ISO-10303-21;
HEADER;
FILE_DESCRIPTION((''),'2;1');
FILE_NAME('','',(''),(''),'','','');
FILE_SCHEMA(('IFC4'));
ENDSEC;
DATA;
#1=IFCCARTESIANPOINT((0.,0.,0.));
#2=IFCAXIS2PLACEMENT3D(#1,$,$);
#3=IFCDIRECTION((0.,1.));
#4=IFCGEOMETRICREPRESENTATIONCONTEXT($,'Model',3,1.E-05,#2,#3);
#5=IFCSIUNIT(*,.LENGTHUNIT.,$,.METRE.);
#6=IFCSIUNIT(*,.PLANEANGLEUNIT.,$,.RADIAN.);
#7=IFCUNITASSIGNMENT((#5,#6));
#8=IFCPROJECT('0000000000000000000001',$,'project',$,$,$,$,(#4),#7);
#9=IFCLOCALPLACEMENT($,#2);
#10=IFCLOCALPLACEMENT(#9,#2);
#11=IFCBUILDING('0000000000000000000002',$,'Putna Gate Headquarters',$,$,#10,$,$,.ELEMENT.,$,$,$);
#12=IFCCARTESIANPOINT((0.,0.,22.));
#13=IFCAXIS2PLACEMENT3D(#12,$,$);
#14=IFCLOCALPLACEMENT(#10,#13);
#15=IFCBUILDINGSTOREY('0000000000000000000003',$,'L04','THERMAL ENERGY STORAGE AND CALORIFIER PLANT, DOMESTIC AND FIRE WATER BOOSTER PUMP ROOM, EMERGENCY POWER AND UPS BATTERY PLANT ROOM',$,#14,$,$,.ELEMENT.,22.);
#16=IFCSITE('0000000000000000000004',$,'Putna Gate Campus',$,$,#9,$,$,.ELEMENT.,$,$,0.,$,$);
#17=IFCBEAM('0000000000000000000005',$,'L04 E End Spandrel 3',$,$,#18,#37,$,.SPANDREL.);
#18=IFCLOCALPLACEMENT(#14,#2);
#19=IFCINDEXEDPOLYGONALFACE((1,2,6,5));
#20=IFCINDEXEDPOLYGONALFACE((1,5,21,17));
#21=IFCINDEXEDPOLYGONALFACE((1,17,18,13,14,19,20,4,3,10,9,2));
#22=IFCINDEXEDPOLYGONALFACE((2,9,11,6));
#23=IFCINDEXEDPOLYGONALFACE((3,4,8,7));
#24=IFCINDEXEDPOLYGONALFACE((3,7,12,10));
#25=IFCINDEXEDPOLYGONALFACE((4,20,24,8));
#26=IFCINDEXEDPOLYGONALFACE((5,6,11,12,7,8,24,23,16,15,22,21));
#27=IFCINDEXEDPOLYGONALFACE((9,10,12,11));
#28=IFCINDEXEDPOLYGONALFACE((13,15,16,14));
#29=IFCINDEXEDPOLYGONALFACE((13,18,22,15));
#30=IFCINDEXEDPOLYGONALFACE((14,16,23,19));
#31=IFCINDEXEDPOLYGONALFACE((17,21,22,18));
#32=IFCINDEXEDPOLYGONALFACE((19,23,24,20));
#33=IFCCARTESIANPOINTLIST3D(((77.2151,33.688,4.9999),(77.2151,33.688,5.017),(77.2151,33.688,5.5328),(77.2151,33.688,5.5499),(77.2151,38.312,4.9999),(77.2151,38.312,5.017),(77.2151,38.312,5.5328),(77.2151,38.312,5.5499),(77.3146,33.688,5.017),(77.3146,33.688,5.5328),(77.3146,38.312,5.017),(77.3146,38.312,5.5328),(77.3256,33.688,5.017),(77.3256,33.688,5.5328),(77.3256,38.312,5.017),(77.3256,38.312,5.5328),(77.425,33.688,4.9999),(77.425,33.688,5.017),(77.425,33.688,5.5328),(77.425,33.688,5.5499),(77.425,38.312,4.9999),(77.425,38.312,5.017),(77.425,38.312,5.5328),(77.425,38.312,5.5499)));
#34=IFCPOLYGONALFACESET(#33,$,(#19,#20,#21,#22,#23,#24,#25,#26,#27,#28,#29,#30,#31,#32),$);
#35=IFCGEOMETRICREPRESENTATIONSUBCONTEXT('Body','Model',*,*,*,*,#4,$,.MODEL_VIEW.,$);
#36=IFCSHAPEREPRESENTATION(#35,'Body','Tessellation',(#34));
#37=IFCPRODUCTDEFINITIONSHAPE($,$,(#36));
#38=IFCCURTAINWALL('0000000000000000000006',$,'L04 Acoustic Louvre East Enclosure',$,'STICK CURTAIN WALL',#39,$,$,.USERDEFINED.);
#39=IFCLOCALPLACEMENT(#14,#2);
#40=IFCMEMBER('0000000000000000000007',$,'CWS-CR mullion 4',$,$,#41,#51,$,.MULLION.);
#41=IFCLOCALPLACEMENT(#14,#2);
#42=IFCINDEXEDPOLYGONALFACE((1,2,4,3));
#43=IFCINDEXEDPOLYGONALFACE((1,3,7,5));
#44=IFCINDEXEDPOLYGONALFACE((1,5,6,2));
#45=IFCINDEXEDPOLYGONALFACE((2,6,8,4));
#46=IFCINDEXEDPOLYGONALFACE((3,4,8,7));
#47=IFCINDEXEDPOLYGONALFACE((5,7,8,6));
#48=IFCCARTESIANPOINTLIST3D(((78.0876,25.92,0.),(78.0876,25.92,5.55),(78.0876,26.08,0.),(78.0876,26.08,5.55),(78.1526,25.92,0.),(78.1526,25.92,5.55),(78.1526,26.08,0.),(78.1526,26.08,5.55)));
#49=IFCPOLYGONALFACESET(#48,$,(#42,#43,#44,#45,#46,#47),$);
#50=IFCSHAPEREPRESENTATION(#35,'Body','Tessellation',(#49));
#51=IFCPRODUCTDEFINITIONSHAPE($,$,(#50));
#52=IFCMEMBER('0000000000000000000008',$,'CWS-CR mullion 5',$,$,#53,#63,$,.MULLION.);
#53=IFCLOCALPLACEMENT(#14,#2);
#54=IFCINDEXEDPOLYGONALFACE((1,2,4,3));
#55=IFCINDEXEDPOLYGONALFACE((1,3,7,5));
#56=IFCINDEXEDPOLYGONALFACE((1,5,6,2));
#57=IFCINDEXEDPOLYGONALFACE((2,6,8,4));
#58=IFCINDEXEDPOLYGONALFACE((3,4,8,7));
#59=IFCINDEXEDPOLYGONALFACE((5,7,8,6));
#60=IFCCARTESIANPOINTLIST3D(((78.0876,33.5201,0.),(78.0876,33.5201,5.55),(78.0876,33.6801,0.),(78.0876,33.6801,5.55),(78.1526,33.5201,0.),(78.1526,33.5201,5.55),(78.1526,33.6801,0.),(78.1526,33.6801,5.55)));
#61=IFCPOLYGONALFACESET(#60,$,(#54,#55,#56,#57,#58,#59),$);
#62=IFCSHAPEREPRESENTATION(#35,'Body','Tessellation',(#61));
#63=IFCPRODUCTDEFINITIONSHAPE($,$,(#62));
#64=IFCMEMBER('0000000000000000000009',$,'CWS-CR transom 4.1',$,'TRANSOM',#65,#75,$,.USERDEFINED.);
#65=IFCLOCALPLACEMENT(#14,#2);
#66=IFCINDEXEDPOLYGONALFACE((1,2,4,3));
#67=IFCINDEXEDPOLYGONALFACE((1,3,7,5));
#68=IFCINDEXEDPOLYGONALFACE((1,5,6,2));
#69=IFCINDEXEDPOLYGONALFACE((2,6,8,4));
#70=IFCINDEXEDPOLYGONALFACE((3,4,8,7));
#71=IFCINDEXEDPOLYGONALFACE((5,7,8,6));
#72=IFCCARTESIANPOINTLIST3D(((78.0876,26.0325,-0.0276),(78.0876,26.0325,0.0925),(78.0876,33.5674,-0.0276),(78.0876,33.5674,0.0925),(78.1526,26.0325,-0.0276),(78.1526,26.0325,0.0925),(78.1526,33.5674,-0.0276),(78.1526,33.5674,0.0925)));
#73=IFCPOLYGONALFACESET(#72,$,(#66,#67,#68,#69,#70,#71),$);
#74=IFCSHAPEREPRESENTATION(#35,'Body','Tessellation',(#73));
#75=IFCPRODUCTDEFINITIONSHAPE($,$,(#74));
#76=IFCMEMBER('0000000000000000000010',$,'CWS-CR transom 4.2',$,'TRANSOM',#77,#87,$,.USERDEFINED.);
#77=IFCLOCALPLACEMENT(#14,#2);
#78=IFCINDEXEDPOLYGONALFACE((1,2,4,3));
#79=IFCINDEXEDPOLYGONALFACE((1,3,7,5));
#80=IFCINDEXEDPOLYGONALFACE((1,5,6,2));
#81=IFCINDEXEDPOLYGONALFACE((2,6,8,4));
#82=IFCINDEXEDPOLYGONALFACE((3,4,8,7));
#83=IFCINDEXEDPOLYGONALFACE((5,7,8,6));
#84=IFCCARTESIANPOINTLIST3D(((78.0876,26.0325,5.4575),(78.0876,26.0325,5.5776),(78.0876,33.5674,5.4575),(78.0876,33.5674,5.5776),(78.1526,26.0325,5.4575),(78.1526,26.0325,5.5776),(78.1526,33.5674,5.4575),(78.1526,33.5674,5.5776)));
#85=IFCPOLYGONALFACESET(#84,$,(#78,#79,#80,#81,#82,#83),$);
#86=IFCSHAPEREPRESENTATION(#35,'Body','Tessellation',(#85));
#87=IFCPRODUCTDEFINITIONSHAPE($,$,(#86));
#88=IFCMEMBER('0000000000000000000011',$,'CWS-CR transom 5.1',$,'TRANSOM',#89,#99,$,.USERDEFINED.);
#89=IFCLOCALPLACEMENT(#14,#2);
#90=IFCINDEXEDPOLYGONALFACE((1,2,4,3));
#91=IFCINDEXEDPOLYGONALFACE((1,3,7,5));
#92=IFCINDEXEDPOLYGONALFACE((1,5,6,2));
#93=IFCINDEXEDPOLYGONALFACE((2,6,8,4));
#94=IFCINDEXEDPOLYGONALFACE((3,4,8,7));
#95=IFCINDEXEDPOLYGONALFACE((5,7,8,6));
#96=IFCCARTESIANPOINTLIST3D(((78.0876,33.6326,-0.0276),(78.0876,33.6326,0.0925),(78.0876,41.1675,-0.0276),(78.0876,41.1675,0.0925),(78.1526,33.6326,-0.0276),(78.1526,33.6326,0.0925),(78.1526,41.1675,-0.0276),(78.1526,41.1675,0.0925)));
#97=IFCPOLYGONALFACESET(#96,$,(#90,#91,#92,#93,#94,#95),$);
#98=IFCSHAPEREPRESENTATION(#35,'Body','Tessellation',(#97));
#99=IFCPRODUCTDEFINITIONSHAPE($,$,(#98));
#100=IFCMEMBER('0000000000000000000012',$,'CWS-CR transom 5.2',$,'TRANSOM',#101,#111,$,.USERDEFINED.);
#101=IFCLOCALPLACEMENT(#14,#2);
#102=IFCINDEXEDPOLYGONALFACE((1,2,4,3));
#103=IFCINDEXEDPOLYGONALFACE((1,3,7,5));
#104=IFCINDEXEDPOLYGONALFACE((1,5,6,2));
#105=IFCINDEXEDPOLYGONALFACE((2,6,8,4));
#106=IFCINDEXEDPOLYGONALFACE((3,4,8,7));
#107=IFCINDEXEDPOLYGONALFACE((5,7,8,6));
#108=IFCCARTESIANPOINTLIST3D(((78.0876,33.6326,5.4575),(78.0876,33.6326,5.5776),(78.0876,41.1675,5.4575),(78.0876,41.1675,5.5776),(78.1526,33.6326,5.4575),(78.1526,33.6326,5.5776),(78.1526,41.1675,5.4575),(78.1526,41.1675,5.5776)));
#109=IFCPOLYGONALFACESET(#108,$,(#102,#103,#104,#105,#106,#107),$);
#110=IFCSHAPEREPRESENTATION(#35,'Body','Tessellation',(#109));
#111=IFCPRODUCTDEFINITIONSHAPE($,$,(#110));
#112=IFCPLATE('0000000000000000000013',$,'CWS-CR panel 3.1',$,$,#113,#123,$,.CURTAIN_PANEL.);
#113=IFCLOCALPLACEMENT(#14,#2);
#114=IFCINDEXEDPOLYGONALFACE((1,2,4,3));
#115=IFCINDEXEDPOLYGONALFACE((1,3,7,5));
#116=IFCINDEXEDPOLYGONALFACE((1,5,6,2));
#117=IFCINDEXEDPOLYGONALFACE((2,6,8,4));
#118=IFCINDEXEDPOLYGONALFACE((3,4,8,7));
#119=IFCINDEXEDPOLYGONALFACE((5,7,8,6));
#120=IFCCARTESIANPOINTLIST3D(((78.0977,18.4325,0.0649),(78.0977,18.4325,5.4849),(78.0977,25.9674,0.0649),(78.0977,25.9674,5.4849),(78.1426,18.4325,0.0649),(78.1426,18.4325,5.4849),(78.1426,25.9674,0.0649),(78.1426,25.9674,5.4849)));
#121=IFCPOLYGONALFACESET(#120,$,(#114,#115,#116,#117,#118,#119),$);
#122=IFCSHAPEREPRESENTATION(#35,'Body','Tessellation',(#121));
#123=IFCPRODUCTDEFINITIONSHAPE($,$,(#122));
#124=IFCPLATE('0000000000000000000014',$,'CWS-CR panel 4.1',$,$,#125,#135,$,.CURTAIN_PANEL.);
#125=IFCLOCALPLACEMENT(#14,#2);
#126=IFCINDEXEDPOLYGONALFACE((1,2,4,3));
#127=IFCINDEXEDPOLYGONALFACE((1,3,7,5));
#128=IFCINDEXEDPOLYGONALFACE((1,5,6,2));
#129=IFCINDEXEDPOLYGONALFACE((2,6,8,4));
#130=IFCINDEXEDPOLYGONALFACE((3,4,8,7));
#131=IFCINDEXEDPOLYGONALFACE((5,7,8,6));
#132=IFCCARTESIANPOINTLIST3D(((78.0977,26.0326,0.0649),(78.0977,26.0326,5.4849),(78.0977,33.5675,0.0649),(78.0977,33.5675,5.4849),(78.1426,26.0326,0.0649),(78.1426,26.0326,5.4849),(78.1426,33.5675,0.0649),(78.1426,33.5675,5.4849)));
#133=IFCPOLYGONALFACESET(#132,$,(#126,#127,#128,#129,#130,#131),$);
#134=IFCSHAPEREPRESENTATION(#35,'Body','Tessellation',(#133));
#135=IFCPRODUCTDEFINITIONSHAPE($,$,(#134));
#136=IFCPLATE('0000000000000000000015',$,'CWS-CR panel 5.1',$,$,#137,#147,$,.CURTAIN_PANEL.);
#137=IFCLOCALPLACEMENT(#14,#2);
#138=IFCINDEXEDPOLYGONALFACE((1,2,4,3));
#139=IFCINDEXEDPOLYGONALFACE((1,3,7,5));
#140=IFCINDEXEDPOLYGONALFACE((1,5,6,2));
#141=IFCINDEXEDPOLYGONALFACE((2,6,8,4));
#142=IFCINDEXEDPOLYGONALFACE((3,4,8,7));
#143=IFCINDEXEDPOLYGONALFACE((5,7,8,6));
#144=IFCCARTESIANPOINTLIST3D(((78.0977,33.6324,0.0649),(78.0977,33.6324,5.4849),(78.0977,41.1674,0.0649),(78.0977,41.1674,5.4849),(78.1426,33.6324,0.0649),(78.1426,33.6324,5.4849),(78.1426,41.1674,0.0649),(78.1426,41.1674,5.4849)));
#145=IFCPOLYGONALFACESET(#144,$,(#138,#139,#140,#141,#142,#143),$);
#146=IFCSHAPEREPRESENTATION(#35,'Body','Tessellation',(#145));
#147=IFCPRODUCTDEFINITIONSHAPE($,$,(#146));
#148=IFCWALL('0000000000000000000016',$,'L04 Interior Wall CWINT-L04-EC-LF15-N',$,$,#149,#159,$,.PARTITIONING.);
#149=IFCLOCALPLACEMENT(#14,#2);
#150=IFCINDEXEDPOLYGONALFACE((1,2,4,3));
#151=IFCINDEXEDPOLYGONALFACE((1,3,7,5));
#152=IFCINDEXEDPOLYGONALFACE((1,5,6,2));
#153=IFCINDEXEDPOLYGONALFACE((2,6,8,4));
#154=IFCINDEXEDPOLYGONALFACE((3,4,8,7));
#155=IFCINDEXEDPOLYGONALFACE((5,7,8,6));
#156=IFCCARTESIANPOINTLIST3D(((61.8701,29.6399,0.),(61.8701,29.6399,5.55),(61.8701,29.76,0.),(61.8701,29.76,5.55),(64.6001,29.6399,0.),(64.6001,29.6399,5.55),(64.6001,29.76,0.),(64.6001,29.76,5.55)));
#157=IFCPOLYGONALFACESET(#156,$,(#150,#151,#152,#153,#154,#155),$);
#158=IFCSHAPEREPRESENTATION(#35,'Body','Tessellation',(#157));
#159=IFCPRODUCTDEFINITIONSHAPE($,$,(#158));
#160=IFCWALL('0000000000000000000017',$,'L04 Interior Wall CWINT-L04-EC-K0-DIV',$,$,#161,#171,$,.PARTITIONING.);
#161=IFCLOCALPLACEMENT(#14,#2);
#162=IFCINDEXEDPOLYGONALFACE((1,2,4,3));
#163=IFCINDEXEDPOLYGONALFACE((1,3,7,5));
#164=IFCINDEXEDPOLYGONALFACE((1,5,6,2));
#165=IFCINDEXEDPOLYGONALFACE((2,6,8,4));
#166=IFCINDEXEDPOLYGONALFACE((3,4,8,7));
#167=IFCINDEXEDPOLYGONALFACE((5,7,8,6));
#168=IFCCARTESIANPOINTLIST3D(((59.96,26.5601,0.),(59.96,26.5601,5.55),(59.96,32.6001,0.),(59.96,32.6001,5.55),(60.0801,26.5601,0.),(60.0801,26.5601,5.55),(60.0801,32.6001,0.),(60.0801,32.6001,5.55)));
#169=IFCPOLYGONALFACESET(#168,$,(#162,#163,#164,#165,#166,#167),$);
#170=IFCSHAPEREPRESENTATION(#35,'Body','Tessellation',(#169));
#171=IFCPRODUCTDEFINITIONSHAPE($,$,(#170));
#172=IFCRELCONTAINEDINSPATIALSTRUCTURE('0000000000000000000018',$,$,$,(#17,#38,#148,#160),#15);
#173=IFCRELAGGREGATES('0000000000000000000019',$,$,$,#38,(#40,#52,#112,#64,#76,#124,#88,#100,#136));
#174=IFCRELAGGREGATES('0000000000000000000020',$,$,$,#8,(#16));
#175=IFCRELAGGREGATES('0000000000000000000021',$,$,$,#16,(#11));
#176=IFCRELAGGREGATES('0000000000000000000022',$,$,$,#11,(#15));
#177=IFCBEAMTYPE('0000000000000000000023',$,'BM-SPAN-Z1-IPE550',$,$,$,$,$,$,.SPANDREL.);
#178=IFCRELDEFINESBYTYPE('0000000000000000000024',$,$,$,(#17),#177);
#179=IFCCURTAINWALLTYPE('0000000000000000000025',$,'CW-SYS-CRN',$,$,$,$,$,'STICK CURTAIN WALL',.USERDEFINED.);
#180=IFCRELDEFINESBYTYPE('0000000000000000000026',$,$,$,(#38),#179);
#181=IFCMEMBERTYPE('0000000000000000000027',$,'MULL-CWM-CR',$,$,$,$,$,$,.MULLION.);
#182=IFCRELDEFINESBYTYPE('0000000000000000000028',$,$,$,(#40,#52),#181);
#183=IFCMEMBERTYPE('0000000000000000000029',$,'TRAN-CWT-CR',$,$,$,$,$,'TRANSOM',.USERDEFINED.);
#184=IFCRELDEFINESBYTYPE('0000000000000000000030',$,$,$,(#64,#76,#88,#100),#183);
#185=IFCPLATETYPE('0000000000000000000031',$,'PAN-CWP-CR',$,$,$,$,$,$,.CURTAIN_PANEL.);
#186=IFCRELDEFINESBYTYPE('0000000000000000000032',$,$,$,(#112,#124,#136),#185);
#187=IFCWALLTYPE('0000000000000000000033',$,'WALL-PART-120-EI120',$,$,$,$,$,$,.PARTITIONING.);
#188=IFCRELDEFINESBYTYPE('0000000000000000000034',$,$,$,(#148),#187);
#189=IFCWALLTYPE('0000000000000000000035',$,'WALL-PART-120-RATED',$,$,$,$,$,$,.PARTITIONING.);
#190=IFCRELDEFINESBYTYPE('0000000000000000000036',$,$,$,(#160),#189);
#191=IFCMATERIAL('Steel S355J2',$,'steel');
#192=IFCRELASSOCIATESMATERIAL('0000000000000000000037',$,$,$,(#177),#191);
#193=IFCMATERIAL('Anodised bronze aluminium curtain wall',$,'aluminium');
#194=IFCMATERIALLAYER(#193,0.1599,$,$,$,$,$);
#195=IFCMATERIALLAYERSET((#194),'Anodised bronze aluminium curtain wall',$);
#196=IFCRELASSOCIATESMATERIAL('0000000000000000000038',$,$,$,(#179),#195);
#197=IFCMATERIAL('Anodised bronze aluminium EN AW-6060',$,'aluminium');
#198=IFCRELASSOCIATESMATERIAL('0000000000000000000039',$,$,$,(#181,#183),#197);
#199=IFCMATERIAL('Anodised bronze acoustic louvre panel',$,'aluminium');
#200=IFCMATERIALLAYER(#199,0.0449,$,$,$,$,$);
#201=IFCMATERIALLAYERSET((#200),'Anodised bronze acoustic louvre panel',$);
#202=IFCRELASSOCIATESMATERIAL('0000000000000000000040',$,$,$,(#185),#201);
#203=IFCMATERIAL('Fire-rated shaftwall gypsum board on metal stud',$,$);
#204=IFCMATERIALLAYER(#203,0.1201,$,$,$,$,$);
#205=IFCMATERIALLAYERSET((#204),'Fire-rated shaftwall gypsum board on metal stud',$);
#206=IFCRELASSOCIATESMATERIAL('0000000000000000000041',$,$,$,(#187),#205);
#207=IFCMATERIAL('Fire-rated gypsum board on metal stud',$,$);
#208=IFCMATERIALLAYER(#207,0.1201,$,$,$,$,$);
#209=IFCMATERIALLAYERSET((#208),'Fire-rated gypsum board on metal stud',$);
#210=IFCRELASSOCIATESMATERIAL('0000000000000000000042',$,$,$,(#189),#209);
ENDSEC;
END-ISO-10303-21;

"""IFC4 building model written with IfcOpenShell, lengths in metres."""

from ifc_helpers import new_model, si_unit, direction, frame, frame_2d, origin, origin_2d, place, context, subcontext, project, spatial, rectangle, i_section, extrude, material, layer, layer_set, material_profile, profile_set, type_object, element, aggregate, save


model = new_model("IFC4")

# Units and contexts
model_context = context("Model", 3, precision=1e-05, world=origin(), true_north=direction((0.0, 1.0)))
body_context = subcontext(model_context, "Body", "Model", "MODEL_VIEW")
ifc_project = project(units=[si_unit("LENGTHUNIT", "METRE"), si_unit("PLANEANGLEUNIT", "RADIAN")], contexts=[model_context])

# Site, building, storey
site_placement = place(None, origin())
site = spatial("IfcSite", under=ifc_project, at=site_placement, Name="Putna Gate Campus", CompositionType="ELEMENT", RefElevation=0.0)
building_placement = place(site_placement, origin())
building = spatial("IfcBuilding", under=site, at=building_placement, Name="Putna Gate Headquarters", CompositionType="ELEMENT")
storey_placement = place(building_placement, frame((0.0, 0.0, 22.0)))
storey = spatial("IfcBuildingStorey", under=building, at=storey_placement, Name="L04", Description="THERMAL ENERGY STORAGE AND CALORIFIER PLANT, DOMESTIC AND FIRE WATER BOOSTER PUMP ROOM, EMERGENCY POWER AND UPS BATTERY PLANT ROOM", CompositionType="ELEMENT", Elevation=22.0)

# Beam
ifc_material_1 = material(Name="Steel S355J2", Category="steel")
ifc_material_profile_1 = material_profile(ifc_material_1, i_section(OverallWidth=0.21, OverallDepth=0.55, WebThickness=0.011, FlangeThickness=0.0171, at=origin_2d()), Name="Steel S355J2")
ifc_profile_set_1 = profile_set([ifc_material_profile_1], Name="Steel S355J2")
beam_type_1 = type_object("IfcBeamType", Name="BM-SPAN-Z1-IPE550", PredefinedType="SPANDREL", material=ifc_profile_set_1)
beam_1_placement = place(storey_placement, frame((77.3201, 33.688, 5.2749), z_axis=(0.0, 1.0, 0.0), x_axis=(-1.0, 0.0, 0.0)))
element("IfcBeam", 1, at=beam_1_placement, inside=storey, type_object=beam_type_1, Name="L04 E End Spandrel 3", PredefinedType="SPANDREL", context=body_context, shape_type="SweptSolid", body=[
    extrude(i_section(OverallWidth=0.21, OverallDepth=0.55, WebThickness=0.011, FlangeThickness=0.0171, at=origin_2d()), origin(), (0.0, 0.0, 1.0), 4.624),
])

# Curtain wall, members, plates
ifc_material_2 = material(Name="Anodised bronze aluminium curtain wall", Category="aluminium")
ifc_layer_1 = layer(ifc_material_2, 0.1599)
ifc_layer_set_1 = layer_set([ifc_layer_1], Name="Anodised bronze aluminium curtain wall")
curtain_wall_type = type_object("IfcCurtainWallType", Name="CW-SYS-CRN", ElementType="STICK CURTAIN WALL", PredefinedType="USERDEFINED", material=ifc_layer_set_1)
curtain_wall_placement = place(storey_placement, origin())
curtain_wall = element("IfcCurtainWall", 2, at=curtain_wall_placement, inside=storey, type_object=curtain_wall_type, Name="L04 Acoustic Louvre East Enclosure", ObjectType="STICK CURTAIN WALL", PredefinedType="USERDEFINED")
ifc_material_3 = material(Name="Anodised bronze aluminium EN AW-6060", Category="aluminium")
ifc_material_profile_2 = material_profile(ifc_material_3, rectangle(XDim=0.0649, YDim=0.1599, at=origin_2d()), Name="Anodised bronze aluminium EN AW-6060")
ifc_profile_set_2 = profile_set([ifc_material_profile_2], Name="Anodised bronze aluminium EN AW-6060")
member_type_1 = type_object("IfcMemberType", Name="MULL-CWM-CR", PredefinedType="MULLION", material=ifc_profile_set_2)
member_1_placement = place(storey_placement, frame((78.1201, 26.0, 0.0), z_axis=(0.0, 0.0, 1.0), x_axis=(-1.0, 0.0, 0.0)))
member_1 = element("IfcMember", 3, at=member_1_placement, type_object=member_type_1, Name="CWS-CR mullion 4", PredefinedType="MULLION", context=body_context, shape_type="SweptSolid", body=[
    extrude(rectangle(XDim=0.0649, YDim=0.1599, at=origin_2d()), origin(), (0.0, 0.0, 1.0), 5.55),
])
member_2_placement = place(storey_placement, frame((78.1201, 33.6001, 0.0), z_axis=(0.0, 0.0, 1.0), x_axis=(-1.0, 0.0, 0.0)))
member_2 = element("IfcMember", 4, at=member_2_placement, type_object=member_type_1, Name="CWS-CR mullion 5", PredefinedType="MULLION", context=body_context, shape_type="SweptSolid", body=[
    extrude(rectangle(XDim=0.0649, YDim=0.1599, at=origin_2d()), origin(), (0.0, 0.0, 1.0), 5.55),
])
ifc_material_profile_3 = material_profile(ifc_material_3, rectangle(XDim=0.0649, YDim=0.1201, at=origin_2d()), Name="Anodised bronze aluminium EN AW-6060")
ifc_profile_set_3 = profile_set([ifc_material_profile_3], Name="Anodised bronze aluminium EN AW-6060")
member_type_2 = type_object("IfcMemberType", Name="TRAN-CWT-CR", ElementType="TRANSOM", PredefinedType="USERDEFINED", material=ifc_profile_set_3)
member_3_placement = place(storey_placement, frame((78.1201, 26.0325, 0.0325), z_axis=(0.0, 1.0, 0.0), x_axis=(-1.0, 0.0, 0.0)))
member_3 = element("IfcMember", 5, at=member_3_placement, type_object=member_type_2, Name="CWS-CR transom 4.1", ObjectType="TRANSOM", PredefinedType="USERDEFINED", context=body_context, shape_type="SweptSolid", body=[
    extrude(rectangle(XDim=0.0649, YDim=0.1201, at=origin_2d()), origin(), (0.0, 0.0, 1.0), 7.5349),
])
member_4_placement = place(storey_placement, frame((78.1201, 26.0325, 5.5176), z_axis=(0.0, 1.0, 0.0), x_axis=(-1.0, 0.0, 0.0)))
member_4 = element("IfcMember", 6, at=member_4_placement, type_object=member_type_2, Name="CWS-CR transom 4.2", ObjectType="TRANSOM", PredefinedType="USERDEFINED", context=body_context, shape_type="SweptSolid", body=[
    extrude(rectangle(XDim=0.0649, YDim=0.1201, at=origin_2d()), origin(), (0.0, 0.0, 1.0), 7.5349),
])
member_5_placement = place(storey_placement, frame((78.1201, 33.6326, 0.0325), z_axis=(0.0, 1.0, 0.0), x_axis=(-1.0, 0.0, 0.0)))
member_5 = element("IfcMember", 7, at=member_5_placement, type_object=member_type_2, Name="CWS-CR transom 5.1", ObjectType="TRANSOM", PredefinedType="USERDEFINED", context=body_context, shape_type="SweptSolid", body=[
    extrude(rectangle(XDim=0.0649, YDim=0.1201, at=origin_2d()), origin(), (0.0, 0.0, 1.0), 7.5349),
])
member_6_placement = place(storey_placement, frame((78.1201, 33.6326, 5.5176), z_axis=(0.0, 1.0, 0.0), x_axis=(-1.0, 0.0, 0.0)))
member_6 = element("IfcMember", 8, at=member_6_placement, type_object=member_type_2, Name="CWS-CR transom 5.2", ObjectType="TRANSOM", PredefinedType="USERDEFINED", context=body_context, shape_type="SweptSolid", body=[
    extrude(rectangle(XDim=0.0649, YDim=0.1201, at=origin_2d()), origin(), (0.0, 0.0, 1.0), 7.5349),
])
ifc_material_4 = material(Name="Anodised bronze acoustic louvre panel", Category="aluminium")
ifc_layer_2 = layer(ifc_material_4, 0.0449)
ifc_layer_set_2 = layer_set([ifc_layer_2], Name="Anodised bronze acoustic louvre panel")
plate_type = type_object("IfcPlateType", Name="PAN-CWP-CR", PredefinedType="CURTAIN_PANEL", material=ifc_layer_set_2)
plate_1_placement = place(storey_placement, frame((78.1201, 22.2, 0.0649), z_axis=(0.0, 0.0, 1.0), x_axis=(0.0, 1.0, 0.0)))
plate_1 = element("IfcPlate", 9, at=plate_1_placement, type_object=plate_type, Name="CWS-CR panel 3.1", PredefinedType="CURTAIN_PANEL", context=body_context, shape_type="SweptSolid", body=[
    extrude(rectangle(XDim=7.5349, YDim=0.0449, at=origin_2d()), origin(), (0.0, 0.0, 1.0), 5.4199),
])
plate_2_placement = place(storey_placement, frame((78.1201, 29.8, 0.0649), z_axis=(0.0, 0.0, 1.0), x_axis=(0.0, 1.0, 0.0)))
plate_2 = element("IfcPlate", 10, at=plate_2_placement, type_object=plate_type, Name="CWS-CR panel 4.1", PredefinedType="CURTAIN_PANEL", context=body_context, shape_type="SweptSolid", body=[
    extrude(rectangle(XDim=7.5349, YDim=0.0449, at=origin_2d()), origin(), (0.0, 0.0, 1.0), 5.4199),
])
plate_3_placement = place(storey_placement, frame((78.1201, 37.3999, 0.0649), z_axis=(0.0, 0.0, 1.0), x_axis=(0.0, 1.0, 0.0)))
plate_3 = element("IfcPlate", 11, at=plate_3_placement, type_object=plate_type, Name="CWS-CR panel 5.1", PredefinedType="CURTAIN_PANEL", context=body_context, shape_type="SweptSolid", body=[
    extrude(rectangle(XDim=7.5349, YDim=0.0449, at=origin_2d()), origin(), (0.0, 0.0, 1.0), 5.4199),
])
aggregate(curtain_wall, [member_1, member_2, plate_1, member_3, member_4, plate_2, member_5, member_6, plate_3])

# Walls
ifc_material_5 = material(Name="Fire-rated shaftwall gypsum board on metal stud")
ifc_layer_3 = layer(ifc_material_5, 0.1201)
ifc_layer_set_3 = layer_set([ifc_layer_3], Name="Fire-rated shaftwall gypsum board on metal stud")
wall_type_1 = type_object("IfcWallType", Name="WALL-PART-120-EI120", PredefinedType="PARTITIONING", material=ifc_layer_set_3)
wall_1_placement = place(storey_placement, frame((61.8701, 29.7, 0.0), z_axis=(0.0, 0.0, 1.0), x_axis=(1.0, 0.0, 0.0)))
element("IfcWall", 12, at=wall_1_placement, inside=storey, type_object=wall_type_1, Name="L04 Interior Wall CWINT-L04-EC-LF15-N", PredefinedType="PARTITIONING", context=body_context, shape_type="SweptSolid", body=[
    extrude(rectangle(XDim=2.73, YDim=0.1201, at=frame_2d((1.365, 0.0))), origin(), (0.0, 0.0, 1.0), 5.55),
])
ifc_material_6 = material(Name="Fire-rated gypsum board on metal stud")
ifc_layer_4 = layer(ifc_material_6, 0.1201)
ifc_layer_set_4 = layer_set([ifc_layer_4], Name="Fire-rated gypsum board on metal stud")
wall_type_2 = type_object("IfcWallType", Name="WALL-PART-120-RATED", PredefinedType="PARTITIONING", material=ifc_layer_set_4)
wall_2_placement = place(storey_placement, frame((60.02, 26.5601, 0.0), z_axis=(0.0, 0.0, 1.0), x_axis=(0.0, 1.0, 0.0)))
element("IfcWall", 13, at=wall_2_placement, inside=storey, type_object=wall_type_2, Name="L04 Interior Wall CWINT-L04-EC-K0-DIV", PredefinedType="PARTITIONING", context=body_context, shape_type="SweptSolid", body=[
    extrude(rectangle(XDim=6.04, YDim=0.1201, at=frame_2d((3.02, 0.0))), origin(), (0.0, 0.0, 1.0), 5.55),
])

save(model, "model.ifc")
